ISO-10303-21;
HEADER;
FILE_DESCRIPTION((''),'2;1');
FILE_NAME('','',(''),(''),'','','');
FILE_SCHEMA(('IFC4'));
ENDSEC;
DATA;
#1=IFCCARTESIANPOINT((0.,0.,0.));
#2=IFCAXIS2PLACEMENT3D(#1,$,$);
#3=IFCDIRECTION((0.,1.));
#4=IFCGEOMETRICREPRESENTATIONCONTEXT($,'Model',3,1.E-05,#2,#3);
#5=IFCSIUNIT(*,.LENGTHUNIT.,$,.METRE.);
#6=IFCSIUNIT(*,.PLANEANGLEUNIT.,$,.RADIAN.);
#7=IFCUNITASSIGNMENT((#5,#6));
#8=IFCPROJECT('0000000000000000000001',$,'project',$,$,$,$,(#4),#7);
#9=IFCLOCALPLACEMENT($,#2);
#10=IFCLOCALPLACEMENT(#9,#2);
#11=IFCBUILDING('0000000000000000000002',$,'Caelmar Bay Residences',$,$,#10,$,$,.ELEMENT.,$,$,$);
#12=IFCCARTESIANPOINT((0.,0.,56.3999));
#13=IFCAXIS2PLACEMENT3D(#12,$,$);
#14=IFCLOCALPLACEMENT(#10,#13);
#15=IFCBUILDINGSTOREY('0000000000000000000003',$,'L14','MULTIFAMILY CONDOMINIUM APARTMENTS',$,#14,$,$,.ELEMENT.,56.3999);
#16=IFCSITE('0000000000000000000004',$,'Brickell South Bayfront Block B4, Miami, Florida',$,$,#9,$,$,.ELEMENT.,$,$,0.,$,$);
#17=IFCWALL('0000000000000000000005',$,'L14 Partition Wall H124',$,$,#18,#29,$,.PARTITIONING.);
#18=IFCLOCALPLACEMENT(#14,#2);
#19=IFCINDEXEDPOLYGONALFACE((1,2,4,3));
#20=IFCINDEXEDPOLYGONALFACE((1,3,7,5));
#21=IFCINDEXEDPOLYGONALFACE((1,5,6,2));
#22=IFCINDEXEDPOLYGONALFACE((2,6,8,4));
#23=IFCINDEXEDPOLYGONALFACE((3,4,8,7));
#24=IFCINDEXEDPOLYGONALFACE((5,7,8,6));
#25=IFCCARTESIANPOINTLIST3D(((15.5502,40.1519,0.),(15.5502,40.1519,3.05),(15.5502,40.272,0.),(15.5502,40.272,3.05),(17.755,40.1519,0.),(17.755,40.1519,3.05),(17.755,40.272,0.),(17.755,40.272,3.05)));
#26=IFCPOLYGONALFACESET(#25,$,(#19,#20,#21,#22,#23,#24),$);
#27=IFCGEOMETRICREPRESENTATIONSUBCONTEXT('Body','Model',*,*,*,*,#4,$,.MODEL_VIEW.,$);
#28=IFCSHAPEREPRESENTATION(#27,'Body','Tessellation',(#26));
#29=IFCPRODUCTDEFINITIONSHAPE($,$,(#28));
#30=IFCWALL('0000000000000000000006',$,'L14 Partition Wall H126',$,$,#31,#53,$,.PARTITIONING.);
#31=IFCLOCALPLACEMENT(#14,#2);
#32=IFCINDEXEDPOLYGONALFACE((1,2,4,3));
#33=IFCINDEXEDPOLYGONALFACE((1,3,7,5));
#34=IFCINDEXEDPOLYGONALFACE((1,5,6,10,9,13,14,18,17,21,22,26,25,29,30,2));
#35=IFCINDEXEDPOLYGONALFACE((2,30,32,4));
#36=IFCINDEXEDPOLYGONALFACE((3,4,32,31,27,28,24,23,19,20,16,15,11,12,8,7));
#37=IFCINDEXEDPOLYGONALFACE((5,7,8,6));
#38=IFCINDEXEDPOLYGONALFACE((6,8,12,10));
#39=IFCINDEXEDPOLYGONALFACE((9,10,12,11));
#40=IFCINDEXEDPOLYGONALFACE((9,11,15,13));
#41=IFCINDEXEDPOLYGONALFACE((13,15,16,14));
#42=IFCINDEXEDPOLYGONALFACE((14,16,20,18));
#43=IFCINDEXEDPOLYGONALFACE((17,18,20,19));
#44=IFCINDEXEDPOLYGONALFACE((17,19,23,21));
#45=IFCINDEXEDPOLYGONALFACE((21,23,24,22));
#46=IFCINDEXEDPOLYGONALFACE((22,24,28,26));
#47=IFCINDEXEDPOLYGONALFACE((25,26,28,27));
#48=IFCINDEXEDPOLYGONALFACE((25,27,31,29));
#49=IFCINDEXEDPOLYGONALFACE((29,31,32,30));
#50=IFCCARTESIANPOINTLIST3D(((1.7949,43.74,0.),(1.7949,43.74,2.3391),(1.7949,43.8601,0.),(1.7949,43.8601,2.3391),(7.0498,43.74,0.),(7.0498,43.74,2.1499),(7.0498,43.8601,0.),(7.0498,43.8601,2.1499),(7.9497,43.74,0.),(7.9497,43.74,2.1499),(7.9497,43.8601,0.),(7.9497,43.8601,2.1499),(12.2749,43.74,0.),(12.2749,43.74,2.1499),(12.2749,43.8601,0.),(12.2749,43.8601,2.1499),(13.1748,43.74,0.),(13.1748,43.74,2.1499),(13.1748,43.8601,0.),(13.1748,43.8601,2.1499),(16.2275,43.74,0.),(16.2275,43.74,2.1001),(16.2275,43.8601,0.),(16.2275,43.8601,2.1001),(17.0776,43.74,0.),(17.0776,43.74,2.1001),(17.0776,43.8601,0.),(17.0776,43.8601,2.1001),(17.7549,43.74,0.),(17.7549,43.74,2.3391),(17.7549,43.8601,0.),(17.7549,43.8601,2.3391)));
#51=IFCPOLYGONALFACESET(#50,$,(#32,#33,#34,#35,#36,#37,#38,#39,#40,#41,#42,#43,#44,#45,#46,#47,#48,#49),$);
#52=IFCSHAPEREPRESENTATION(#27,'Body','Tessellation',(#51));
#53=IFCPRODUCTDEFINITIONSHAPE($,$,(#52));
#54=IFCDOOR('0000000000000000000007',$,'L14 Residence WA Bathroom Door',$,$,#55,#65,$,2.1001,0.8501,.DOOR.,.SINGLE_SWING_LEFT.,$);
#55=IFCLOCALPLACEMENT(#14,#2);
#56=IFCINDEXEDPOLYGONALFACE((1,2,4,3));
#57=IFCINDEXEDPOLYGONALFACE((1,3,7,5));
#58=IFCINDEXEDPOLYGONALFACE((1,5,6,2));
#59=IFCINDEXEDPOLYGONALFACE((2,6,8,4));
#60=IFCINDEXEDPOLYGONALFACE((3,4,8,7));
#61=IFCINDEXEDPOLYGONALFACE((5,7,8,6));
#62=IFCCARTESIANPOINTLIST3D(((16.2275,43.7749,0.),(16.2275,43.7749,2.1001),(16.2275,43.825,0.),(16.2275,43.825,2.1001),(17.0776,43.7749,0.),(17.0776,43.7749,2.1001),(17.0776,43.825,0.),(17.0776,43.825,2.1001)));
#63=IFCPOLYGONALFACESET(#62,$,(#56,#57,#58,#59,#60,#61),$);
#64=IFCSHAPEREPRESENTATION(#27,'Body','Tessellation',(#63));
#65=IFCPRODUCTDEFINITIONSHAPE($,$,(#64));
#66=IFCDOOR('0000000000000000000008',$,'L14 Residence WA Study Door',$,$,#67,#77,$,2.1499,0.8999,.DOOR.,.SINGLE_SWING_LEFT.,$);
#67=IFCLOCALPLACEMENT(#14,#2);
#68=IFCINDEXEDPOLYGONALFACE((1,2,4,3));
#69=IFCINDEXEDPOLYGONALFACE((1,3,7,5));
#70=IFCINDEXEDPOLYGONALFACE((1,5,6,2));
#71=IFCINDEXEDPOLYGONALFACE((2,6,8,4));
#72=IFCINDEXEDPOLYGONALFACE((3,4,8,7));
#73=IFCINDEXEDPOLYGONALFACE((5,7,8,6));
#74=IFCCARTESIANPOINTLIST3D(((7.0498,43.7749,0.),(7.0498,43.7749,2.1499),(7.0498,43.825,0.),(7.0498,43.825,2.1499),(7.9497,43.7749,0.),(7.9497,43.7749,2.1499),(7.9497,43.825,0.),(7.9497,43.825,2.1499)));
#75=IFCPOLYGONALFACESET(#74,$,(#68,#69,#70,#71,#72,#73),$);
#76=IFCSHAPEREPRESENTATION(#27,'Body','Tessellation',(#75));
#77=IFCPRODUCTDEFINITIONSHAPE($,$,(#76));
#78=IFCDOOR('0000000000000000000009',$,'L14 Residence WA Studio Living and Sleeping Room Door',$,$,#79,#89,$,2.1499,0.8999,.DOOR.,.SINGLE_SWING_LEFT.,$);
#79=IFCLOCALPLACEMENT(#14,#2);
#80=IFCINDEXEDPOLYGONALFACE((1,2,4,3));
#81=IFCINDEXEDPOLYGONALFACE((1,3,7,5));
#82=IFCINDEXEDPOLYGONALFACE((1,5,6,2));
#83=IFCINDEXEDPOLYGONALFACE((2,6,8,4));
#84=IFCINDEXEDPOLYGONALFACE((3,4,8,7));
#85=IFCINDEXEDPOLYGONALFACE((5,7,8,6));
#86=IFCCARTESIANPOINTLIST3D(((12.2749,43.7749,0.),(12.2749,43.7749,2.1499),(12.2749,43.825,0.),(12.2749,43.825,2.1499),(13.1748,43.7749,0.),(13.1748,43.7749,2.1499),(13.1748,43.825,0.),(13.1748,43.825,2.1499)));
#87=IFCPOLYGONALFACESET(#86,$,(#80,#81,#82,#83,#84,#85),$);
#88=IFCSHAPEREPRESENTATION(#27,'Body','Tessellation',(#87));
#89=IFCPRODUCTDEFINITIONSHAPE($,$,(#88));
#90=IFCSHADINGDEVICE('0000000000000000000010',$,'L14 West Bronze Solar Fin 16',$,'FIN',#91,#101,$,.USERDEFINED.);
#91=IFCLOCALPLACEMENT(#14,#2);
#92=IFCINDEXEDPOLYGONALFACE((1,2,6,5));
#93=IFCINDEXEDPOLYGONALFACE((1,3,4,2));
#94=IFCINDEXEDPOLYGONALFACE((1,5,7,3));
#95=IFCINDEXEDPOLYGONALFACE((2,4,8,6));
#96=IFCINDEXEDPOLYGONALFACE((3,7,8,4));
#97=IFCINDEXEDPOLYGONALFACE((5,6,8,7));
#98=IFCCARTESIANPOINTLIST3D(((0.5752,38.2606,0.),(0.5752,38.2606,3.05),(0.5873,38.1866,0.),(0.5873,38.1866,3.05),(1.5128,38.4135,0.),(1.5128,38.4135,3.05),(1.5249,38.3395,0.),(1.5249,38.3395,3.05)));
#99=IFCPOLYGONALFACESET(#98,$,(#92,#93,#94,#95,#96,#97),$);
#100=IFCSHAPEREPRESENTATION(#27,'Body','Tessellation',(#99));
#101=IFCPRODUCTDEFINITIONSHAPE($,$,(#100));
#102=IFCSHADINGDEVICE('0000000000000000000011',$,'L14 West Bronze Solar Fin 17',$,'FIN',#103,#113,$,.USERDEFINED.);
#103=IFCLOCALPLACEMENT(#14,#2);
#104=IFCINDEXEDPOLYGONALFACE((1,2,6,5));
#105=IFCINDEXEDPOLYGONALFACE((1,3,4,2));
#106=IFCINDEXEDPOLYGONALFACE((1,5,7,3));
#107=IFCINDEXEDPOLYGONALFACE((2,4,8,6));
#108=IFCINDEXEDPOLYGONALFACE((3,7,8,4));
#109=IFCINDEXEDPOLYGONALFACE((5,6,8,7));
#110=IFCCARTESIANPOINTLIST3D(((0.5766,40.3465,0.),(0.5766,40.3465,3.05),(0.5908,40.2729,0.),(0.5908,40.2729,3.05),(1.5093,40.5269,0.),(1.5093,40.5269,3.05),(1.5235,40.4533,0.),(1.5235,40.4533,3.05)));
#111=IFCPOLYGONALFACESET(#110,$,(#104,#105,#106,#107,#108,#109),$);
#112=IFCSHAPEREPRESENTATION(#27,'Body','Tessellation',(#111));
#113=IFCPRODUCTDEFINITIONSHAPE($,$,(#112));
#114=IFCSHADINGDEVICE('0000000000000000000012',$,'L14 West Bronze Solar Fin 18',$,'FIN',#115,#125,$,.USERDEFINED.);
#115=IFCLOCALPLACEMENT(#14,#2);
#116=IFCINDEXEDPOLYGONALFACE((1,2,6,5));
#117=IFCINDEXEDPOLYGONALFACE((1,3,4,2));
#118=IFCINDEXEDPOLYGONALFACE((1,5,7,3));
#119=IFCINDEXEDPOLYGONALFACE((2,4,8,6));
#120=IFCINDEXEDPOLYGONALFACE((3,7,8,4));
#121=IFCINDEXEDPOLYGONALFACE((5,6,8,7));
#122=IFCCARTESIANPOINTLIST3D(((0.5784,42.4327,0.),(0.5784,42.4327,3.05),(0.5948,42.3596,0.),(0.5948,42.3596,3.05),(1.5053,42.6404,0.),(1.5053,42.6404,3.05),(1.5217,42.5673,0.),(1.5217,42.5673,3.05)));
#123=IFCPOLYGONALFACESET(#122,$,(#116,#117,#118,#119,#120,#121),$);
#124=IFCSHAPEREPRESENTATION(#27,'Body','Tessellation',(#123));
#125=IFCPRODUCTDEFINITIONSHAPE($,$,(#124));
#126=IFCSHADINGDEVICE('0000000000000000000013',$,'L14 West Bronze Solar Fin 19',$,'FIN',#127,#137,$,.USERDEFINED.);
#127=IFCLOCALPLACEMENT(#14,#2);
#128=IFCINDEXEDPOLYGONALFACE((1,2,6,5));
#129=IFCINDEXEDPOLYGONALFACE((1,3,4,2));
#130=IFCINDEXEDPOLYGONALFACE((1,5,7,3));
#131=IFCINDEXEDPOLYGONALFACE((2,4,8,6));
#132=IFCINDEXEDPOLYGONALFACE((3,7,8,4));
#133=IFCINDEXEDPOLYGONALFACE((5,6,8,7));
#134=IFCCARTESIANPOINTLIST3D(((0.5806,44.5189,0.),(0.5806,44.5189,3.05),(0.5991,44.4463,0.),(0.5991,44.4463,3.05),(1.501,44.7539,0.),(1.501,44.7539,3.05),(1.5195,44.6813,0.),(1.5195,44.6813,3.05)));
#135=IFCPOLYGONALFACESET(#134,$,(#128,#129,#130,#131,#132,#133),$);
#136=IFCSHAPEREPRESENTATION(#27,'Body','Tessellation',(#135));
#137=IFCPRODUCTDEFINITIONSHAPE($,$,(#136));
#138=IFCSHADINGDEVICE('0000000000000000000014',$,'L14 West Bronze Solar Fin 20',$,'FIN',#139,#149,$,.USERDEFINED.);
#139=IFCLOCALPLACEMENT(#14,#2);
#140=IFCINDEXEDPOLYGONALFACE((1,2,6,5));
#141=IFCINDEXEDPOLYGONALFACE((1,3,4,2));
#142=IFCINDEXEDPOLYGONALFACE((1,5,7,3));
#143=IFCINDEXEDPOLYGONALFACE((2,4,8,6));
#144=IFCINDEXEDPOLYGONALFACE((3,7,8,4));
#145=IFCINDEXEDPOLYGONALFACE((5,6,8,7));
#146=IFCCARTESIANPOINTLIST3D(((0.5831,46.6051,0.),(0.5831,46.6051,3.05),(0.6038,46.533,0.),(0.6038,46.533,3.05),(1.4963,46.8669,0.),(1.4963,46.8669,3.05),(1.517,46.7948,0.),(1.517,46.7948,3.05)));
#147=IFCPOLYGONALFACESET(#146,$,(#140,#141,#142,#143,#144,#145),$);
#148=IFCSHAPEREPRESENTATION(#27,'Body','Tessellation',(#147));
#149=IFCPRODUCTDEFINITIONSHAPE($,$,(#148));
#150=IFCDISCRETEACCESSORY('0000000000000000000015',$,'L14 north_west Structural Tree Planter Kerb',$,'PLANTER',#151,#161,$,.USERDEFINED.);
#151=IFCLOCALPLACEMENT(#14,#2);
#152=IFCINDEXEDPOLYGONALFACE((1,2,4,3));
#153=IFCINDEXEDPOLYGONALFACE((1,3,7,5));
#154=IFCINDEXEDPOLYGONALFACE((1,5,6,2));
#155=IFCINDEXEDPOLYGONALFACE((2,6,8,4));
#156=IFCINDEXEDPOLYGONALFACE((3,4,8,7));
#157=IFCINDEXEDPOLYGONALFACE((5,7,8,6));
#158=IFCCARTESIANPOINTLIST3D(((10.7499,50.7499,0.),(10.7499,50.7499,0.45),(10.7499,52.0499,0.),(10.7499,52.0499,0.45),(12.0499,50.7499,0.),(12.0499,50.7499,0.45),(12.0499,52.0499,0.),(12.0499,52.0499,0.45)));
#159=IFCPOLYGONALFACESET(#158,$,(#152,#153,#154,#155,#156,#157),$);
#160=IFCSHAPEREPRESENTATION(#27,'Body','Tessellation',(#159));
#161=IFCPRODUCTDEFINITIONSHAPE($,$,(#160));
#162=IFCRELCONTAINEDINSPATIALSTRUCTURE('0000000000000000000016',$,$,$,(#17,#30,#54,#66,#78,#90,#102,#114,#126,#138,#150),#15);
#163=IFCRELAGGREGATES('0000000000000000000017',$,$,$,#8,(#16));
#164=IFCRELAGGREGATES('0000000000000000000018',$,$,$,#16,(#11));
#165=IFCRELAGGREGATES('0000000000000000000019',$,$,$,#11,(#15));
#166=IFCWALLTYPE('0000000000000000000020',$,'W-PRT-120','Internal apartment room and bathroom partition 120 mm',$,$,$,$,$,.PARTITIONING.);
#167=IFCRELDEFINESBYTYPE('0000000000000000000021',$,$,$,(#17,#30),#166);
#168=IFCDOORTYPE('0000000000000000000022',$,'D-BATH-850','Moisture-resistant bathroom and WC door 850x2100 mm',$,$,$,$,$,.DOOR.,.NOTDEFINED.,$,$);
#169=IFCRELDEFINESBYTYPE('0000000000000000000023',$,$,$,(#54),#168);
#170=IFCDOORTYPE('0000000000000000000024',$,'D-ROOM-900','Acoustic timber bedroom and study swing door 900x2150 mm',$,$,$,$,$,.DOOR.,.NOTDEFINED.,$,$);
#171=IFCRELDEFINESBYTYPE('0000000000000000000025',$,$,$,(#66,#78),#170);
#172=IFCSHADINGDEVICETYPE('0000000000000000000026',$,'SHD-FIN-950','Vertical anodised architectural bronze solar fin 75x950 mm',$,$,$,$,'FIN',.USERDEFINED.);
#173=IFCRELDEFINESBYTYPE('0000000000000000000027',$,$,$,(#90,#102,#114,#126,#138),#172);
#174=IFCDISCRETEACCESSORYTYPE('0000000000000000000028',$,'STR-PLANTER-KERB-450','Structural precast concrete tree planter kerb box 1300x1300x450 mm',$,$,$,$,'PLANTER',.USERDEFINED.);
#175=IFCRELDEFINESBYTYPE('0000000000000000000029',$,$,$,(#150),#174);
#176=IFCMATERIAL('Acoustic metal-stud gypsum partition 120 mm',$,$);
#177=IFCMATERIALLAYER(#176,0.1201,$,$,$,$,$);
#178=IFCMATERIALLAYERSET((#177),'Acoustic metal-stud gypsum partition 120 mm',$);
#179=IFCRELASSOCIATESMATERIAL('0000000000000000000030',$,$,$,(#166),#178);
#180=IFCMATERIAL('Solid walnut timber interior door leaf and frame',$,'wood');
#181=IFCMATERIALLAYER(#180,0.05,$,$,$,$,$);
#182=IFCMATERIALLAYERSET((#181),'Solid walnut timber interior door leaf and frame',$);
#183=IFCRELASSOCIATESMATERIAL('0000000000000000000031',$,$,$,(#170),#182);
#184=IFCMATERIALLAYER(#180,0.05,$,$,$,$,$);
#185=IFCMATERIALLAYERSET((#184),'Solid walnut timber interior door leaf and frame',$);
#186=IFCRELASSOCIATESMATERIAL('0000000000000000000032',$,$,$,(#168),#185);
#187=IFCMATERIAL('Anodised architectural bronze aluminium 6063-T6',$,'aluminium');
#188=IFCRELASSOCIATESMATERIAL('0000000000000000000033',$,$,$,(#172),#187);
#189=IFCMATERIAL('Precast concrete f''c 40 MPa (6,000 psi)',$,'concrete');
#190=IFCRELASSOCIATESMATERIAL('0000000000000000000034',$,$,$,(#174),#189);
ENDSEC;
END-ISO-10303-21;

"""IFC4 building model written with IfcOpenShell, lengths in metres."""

from ifc_helpers import new_model, si_unit, direction, frame, frame_2d, origin, origin_2d, place, context, subcontext, project, spatial, rectangle, extrude, material, layer, layer_set, material_profile, profile_set, type_object, element, fill, save


model = new_model("IFC4")

# Units and contexts
model_context = context("Model", 3, precision=1e-05, world=origin(), true_north=direction((0.0, 1.0)))
body_context = subcontext(model_context, "Body", "Model", "MODEL_VIEW")
ifc_project = project(units=[si_unit("LENGTHUNIT", "METRE"), si_unit("PLANEANGLEUNIT", "RADIAN")], contexts=[model_context])

# Site, building, storey
site_placement = place(None, origin())
site = spatial("IfcSite", under=ifc_project, at=site_placement, Name="Brickell South Bayfront Block B4, Miami, Florida", CompositionType="ELEMENT", RefElevation=0.0)
building_placement = place(site_placement, origin())
building = spatial("IfcBuilding", under=site, at=building_placement, Name="Caelmar Bay Residences", CompositionType="ELEMENT")
storey_placement = place(building_placement, frame((0.0, 0.0, 56.3999)))
storey = spatial("IfcBuildingStorey", under=building, at=storey_placement, Name="L14", Description="MULTIFAMILY CONDOMINIUM APARTMENTS", CompositionType="ELEMENT", Elevation=56.3999)

# Shared definitions
ifc_material_1 = material(Name="Precast concrete f'c 40 MPa (6,000 psi)", Category="concrete")

# Shared definitions
ifc_material_2 = material(Name="Acoustic metal-stud gypsum partition 120 mm")
ifc_layer_1 = layer(ifc_material_2, 0.1201)
ifc_layer_set_1 = layer_set([ifc_layer_1], Name="Acoustic metal-stud gypsum partition 120 mm")
wall_type_1 = type_object("IfcWallType", Name="W-PRT-120", Description="Internal apartment room and bathroom partition 120 mm", PredefinedType="PARTITIONING", material=ifc_layer_set_1)
ifc_material_3 = material(Name="Solid walnut timber interior door leaf and frame", Category="wood")
ifc_layer_2 = layer(ifc_material_3, 0.05)
ifc_layer_set_2 = layer_set([ifc_layer_2], Name="Solid walnut timber interior door leaf and frame")
door_type_1 = type_object("IfcDoorType", Name="D-ROOM-900", Description="Acoustic timber bedroom and study swing door 900x2150 mm", OperationType="NOTDEFINED", PredefinedType="DOOR", material=ifc_layer_set_2)

# Wall
wall_1_placement = place(storey_placement, frame((15.55, 40.2119, 0.0), z_axis=(0.0, 0.0, 1.0), x_axis=(1.0, 0.0, 0.0)))
element("IfcWall", 1, at=wall_1_placement, inside=storey, type_object=wall_type_1, Name="L14 Partition Wall H124", PredefinedType="PARTITIONING", context=body_context, shape_type="SweptSolid", body=[
    extrude(rectangle(XDim=2.2048, YDim=0.1201, at=frame_2d((1.1025, 0.0))), origin(), (0.0, 0.0, 1.0), 3.05),
])

# Wall, openings, doors
wall_2_placement = place(storey_placement, frame((1.7949, 43.8, 0.0), z_axis=(0.0, 0.0, 1.0), x_axis=(1.0, 0.0, 0.0)))
wall_2 = element("IfcWall", 2, at=wall_2_placement, inside=storey, type_object=wall_type_1, Name="L14 Partition Wall H126", PredefinedType="PARTITIONING", context=body_context, shape_type="SweptSolid", body=[
    extrude(rectangle(XDim=15.96, YDim=0.1201, at=frame_2d((7.98, 0.0))), origin(), (0.0, 0.0, 1.0), 2.3391),
])
opening_1_placement = place(wall_2_placement, frame((5.2549, 0.0, 0.0)))
opening_1 = element("IfcOpeningElement", 3, at=opening_1_placement, cuts=wall_2, PredefinedType="OPENING", context=body_context, shape_type="SweptSolid", body=[
    extrude(rectangle(XDim=0.8999, YDim=2.1499, at=frame_2d((0.45, 1.075))), frame((0.0, 0.0701, 0.0), z_axis=(0.0, -1.0, 0.0), x_axis=(1.0, 0.0, 0.0)), (0.0, 0.0, 1.0), 0.1401),
])
opening_2_placement = place(wall_2_placement, frame((10.48, 0.0, 0.0)))
opening_2 = element("IfcOpeningElement", 4, at=opening_2_placement, cuts=wall_2, PredefinedType="OPENING", context=body_context, shape_type="SweptSolid", body=[
    extrude(rectangle(XDim=0.8999, YDim=2.1499, at=frame_2d((0.45, 1.075))), frame((0.0, 0.0701, 0.0), z_axis=(0.0, -1.0, 0.0), x_axis=(1.0, 0.0, 0.0)), (0.0, 0.0, 1.0), 0.1401),
])
opening_3_placement = place(wall_2_placement, frame((14.4326, 0.0, 0.0)))
opening_3 = element("IfcOpeningElement", 5, at=opening_3_placement, cuts=wall_2, PredefinedType="OPENING", context=body_context, shape_type="SweptSolid", body=[
    extrude(rectangle(XDim=0.8501, YDim=2.1001, at=frame_2d((0.425, 1.05))), frame((0.0, 0.0701, 0.0), z_axis=(0.0, -1.0, 0.0), x_axis=(1.0, 0.0, 0.0)), (0.0, 0.0, 1.0), 0.1401),
])
ifc_layer_3 = layer(ifc_material_3, 0.05)
ifc_layer_set_3 = layer_set([ifc_layer_3], Name="Solid walnut timber interior door leaf and frame")
door_type_2 = type_object("IfcDoorType", Name="D-BATH-850", Description="Moisture-resistant bathroom and WC door 850x2100 mm", OperationType="NOTDEFINED", PredefinedType="DOOR", material=ifc_layer_set_3)
door_1_placement = place(opening_3_placement, origin())
door_1 = element("IfcDoor", 6, at=door_1_placement, inside=storey, type_object=door_type_2, Name="L14 Residence WA Bathroom Door", OperationType="SINGLE_SWING_LEFT", OverallHeight=2.1001, OverallWidth=0.8501, PredefinedType="DOOR", context=body_context, shape_type="SweptSolid", body=[
    extrude(rectangle(XDim=0.8501, YDim=2.1001, at=frame_2d((0.425, 1.05))), frame((0.0, 0.0249, 0.0), z_axis=(0.0, -1.0, 0.0), x_axis=(1.0, 0.0, 0.0)), (0.0, 0.0, 1.0), 0.05),
])
fill(opening_3, door_1)
door_2_placement = place(opening_1_placement, origin())
door_2 = element("IfcDoor", 7, at=door_2_placement, inside=storey, type_object=door_type_1, Name="L14 Residence WA Study Door", OperationType="SINGLE_SWING_LEFT", OverallHeight=2.1499, OverallWidth=0.8999, PredefinedType="DOOR", context=body_context, shape_type="SweptSolid", body=[
    extrude(rectangle(XDim=0.8999, YDim=2.1499, at=frame_2d((0.45, 1.075))), frame((0.0, 0.0249, 0.0), z_axis=(0.0, -1.0, 0.0), x_axis=(1.0, 0.0, 0.0)), (0.0, 0.0, 1.0), 0.05),
])
fill(opening_1, door_2)
door_3_placement = place(opening_2_placement, origin())
door_3 = element("IfcDoor", 8, at=door_3_placement, inside=storey, type_object=door_type_1, Name="L14 Residence WA Studio Living and Sleeping Room Door", OperationType="SINGLE_SWING_LEFT", OverallHeight=2.1499, OverallWidth=0.8999, PredefinedType="DOOR", context=body_context, shape_type="SweptSolid", body=[
    extrude(rectangle(XDim=0.8999, YDim=2.1499, at=frame_2d((0.45, 1.075))), frame((0.0, 0.0249, 0.0), z_axis=(0.0, -1.0, 0.0), x_axis=(1.0, 0.0, 0.0)), (0.0, 0.0, 1.0), 0.05),
])
fill(opening_2, door_3)

# Shading devices
ifc_material_4 = material(Name="Anodised architectural bronze aluminium 6063-T6", Category="aluminium")
ifc_material_profile_1 = material_profile(ifc_material_4, rectangle(XDim=0.075, YDim=0.95, at=origin_2d()), Name="BRONZE-FIN-75X950")
ifc_profile_set_1 = profile_set([ifc_material_profile_1], Name="Anodised architectural bronze aluminium 6063-T6")
shading_device_type = type_object("IfcShadingDeviceType", Name="SHD-FIN-950", Description="Vertical anodised architectural bronze solar fin 75x950 mm", ElementType="FIN", PredefinedType="USERDEFINED", material=ifc_profile_set_1)
for number, where, z_axis, x_axis, name in (
    (9, (1.05, 38.3, 0.0), (0.0, 0.0, 1.0), (-0.160915, 0.986968, 0.0), "L14 West Bronze Solar Fin 16"),
    (10, (1.05, 40.3999, 0.0), (0.0, 0.0, 1.0), (-0.189952, 0.981793, 0.0), "L14 West Bronze Solar Fin 17"),
    (11, (1.05, 42.5, 0.0), (0.0, 0.0, 1.0), (-0.218654, 0.975802, 0.0), "L14 West Bronze Solar Fin 18"),
    (12, (1.05, 44.6001, 0.0), (0.0, 0.0, 1.0), (-0.247337, 0.968929, 0.0), "L14 West Bronze Solar Fin 19"),
    (13, (1.05, 46.7, 0.0), (0.0, 0.0, 1.0), (-0.275637, 0.961262, 0.0), "L14 West Bronze Solar Fin 20"),
):
    element("IfcShadingDevice", number, at=place(storey_placement, frame(where, z_axis=z_axis, x_axis=x_axis)), inside=storey, type_object=shading_device_type, Name=name, ObjectType="FIN", PredefinedType="USERDEFINED", context=body_context, shape_type="SweptSolid", body=[
        extrude(rectangle(XDim=0.075, YDim=0.95, at=origin_2d()), origin(), (0.0, 0.0, 1.0), 3.05),
    ])

# Discrete accessory
discrete_accessory_type = type_object("IfcDiscreteAccessoryType", Name="STR-PLANTER-KERB-450", Description="Structural precast concrete tree planter kerb box 1300x1300x450 mm", ElementType="PLANTER", PredefinedType="USERDEFINED", material=ifc_material_1)
discrete_accessory_placement = place(storey_placement, frame((11.3999, 51.3999, 0.0), z_axis=(0.0, 0.0, 1.0), x_axis=(1.0, 0.0, 0.0)))
element("IfcDiscreteAccessory", 14, at=discrete_accessory_placement, inside=storey, type_object=discrete_accessory_type, Name="L14 north_west Structural Tree Planter Kerb", ObjectType="PLANTER", PredefinedType="USERDEFINED", context=body_context, shape_type="SweptSolid", body=[
    extrude(rectangle(XDim=1.3, YDim=1.3, at=origin_2d()), origin(), (0.0, 0.0, 1.0), 0.45),
])

save(model, "model.ifc")
